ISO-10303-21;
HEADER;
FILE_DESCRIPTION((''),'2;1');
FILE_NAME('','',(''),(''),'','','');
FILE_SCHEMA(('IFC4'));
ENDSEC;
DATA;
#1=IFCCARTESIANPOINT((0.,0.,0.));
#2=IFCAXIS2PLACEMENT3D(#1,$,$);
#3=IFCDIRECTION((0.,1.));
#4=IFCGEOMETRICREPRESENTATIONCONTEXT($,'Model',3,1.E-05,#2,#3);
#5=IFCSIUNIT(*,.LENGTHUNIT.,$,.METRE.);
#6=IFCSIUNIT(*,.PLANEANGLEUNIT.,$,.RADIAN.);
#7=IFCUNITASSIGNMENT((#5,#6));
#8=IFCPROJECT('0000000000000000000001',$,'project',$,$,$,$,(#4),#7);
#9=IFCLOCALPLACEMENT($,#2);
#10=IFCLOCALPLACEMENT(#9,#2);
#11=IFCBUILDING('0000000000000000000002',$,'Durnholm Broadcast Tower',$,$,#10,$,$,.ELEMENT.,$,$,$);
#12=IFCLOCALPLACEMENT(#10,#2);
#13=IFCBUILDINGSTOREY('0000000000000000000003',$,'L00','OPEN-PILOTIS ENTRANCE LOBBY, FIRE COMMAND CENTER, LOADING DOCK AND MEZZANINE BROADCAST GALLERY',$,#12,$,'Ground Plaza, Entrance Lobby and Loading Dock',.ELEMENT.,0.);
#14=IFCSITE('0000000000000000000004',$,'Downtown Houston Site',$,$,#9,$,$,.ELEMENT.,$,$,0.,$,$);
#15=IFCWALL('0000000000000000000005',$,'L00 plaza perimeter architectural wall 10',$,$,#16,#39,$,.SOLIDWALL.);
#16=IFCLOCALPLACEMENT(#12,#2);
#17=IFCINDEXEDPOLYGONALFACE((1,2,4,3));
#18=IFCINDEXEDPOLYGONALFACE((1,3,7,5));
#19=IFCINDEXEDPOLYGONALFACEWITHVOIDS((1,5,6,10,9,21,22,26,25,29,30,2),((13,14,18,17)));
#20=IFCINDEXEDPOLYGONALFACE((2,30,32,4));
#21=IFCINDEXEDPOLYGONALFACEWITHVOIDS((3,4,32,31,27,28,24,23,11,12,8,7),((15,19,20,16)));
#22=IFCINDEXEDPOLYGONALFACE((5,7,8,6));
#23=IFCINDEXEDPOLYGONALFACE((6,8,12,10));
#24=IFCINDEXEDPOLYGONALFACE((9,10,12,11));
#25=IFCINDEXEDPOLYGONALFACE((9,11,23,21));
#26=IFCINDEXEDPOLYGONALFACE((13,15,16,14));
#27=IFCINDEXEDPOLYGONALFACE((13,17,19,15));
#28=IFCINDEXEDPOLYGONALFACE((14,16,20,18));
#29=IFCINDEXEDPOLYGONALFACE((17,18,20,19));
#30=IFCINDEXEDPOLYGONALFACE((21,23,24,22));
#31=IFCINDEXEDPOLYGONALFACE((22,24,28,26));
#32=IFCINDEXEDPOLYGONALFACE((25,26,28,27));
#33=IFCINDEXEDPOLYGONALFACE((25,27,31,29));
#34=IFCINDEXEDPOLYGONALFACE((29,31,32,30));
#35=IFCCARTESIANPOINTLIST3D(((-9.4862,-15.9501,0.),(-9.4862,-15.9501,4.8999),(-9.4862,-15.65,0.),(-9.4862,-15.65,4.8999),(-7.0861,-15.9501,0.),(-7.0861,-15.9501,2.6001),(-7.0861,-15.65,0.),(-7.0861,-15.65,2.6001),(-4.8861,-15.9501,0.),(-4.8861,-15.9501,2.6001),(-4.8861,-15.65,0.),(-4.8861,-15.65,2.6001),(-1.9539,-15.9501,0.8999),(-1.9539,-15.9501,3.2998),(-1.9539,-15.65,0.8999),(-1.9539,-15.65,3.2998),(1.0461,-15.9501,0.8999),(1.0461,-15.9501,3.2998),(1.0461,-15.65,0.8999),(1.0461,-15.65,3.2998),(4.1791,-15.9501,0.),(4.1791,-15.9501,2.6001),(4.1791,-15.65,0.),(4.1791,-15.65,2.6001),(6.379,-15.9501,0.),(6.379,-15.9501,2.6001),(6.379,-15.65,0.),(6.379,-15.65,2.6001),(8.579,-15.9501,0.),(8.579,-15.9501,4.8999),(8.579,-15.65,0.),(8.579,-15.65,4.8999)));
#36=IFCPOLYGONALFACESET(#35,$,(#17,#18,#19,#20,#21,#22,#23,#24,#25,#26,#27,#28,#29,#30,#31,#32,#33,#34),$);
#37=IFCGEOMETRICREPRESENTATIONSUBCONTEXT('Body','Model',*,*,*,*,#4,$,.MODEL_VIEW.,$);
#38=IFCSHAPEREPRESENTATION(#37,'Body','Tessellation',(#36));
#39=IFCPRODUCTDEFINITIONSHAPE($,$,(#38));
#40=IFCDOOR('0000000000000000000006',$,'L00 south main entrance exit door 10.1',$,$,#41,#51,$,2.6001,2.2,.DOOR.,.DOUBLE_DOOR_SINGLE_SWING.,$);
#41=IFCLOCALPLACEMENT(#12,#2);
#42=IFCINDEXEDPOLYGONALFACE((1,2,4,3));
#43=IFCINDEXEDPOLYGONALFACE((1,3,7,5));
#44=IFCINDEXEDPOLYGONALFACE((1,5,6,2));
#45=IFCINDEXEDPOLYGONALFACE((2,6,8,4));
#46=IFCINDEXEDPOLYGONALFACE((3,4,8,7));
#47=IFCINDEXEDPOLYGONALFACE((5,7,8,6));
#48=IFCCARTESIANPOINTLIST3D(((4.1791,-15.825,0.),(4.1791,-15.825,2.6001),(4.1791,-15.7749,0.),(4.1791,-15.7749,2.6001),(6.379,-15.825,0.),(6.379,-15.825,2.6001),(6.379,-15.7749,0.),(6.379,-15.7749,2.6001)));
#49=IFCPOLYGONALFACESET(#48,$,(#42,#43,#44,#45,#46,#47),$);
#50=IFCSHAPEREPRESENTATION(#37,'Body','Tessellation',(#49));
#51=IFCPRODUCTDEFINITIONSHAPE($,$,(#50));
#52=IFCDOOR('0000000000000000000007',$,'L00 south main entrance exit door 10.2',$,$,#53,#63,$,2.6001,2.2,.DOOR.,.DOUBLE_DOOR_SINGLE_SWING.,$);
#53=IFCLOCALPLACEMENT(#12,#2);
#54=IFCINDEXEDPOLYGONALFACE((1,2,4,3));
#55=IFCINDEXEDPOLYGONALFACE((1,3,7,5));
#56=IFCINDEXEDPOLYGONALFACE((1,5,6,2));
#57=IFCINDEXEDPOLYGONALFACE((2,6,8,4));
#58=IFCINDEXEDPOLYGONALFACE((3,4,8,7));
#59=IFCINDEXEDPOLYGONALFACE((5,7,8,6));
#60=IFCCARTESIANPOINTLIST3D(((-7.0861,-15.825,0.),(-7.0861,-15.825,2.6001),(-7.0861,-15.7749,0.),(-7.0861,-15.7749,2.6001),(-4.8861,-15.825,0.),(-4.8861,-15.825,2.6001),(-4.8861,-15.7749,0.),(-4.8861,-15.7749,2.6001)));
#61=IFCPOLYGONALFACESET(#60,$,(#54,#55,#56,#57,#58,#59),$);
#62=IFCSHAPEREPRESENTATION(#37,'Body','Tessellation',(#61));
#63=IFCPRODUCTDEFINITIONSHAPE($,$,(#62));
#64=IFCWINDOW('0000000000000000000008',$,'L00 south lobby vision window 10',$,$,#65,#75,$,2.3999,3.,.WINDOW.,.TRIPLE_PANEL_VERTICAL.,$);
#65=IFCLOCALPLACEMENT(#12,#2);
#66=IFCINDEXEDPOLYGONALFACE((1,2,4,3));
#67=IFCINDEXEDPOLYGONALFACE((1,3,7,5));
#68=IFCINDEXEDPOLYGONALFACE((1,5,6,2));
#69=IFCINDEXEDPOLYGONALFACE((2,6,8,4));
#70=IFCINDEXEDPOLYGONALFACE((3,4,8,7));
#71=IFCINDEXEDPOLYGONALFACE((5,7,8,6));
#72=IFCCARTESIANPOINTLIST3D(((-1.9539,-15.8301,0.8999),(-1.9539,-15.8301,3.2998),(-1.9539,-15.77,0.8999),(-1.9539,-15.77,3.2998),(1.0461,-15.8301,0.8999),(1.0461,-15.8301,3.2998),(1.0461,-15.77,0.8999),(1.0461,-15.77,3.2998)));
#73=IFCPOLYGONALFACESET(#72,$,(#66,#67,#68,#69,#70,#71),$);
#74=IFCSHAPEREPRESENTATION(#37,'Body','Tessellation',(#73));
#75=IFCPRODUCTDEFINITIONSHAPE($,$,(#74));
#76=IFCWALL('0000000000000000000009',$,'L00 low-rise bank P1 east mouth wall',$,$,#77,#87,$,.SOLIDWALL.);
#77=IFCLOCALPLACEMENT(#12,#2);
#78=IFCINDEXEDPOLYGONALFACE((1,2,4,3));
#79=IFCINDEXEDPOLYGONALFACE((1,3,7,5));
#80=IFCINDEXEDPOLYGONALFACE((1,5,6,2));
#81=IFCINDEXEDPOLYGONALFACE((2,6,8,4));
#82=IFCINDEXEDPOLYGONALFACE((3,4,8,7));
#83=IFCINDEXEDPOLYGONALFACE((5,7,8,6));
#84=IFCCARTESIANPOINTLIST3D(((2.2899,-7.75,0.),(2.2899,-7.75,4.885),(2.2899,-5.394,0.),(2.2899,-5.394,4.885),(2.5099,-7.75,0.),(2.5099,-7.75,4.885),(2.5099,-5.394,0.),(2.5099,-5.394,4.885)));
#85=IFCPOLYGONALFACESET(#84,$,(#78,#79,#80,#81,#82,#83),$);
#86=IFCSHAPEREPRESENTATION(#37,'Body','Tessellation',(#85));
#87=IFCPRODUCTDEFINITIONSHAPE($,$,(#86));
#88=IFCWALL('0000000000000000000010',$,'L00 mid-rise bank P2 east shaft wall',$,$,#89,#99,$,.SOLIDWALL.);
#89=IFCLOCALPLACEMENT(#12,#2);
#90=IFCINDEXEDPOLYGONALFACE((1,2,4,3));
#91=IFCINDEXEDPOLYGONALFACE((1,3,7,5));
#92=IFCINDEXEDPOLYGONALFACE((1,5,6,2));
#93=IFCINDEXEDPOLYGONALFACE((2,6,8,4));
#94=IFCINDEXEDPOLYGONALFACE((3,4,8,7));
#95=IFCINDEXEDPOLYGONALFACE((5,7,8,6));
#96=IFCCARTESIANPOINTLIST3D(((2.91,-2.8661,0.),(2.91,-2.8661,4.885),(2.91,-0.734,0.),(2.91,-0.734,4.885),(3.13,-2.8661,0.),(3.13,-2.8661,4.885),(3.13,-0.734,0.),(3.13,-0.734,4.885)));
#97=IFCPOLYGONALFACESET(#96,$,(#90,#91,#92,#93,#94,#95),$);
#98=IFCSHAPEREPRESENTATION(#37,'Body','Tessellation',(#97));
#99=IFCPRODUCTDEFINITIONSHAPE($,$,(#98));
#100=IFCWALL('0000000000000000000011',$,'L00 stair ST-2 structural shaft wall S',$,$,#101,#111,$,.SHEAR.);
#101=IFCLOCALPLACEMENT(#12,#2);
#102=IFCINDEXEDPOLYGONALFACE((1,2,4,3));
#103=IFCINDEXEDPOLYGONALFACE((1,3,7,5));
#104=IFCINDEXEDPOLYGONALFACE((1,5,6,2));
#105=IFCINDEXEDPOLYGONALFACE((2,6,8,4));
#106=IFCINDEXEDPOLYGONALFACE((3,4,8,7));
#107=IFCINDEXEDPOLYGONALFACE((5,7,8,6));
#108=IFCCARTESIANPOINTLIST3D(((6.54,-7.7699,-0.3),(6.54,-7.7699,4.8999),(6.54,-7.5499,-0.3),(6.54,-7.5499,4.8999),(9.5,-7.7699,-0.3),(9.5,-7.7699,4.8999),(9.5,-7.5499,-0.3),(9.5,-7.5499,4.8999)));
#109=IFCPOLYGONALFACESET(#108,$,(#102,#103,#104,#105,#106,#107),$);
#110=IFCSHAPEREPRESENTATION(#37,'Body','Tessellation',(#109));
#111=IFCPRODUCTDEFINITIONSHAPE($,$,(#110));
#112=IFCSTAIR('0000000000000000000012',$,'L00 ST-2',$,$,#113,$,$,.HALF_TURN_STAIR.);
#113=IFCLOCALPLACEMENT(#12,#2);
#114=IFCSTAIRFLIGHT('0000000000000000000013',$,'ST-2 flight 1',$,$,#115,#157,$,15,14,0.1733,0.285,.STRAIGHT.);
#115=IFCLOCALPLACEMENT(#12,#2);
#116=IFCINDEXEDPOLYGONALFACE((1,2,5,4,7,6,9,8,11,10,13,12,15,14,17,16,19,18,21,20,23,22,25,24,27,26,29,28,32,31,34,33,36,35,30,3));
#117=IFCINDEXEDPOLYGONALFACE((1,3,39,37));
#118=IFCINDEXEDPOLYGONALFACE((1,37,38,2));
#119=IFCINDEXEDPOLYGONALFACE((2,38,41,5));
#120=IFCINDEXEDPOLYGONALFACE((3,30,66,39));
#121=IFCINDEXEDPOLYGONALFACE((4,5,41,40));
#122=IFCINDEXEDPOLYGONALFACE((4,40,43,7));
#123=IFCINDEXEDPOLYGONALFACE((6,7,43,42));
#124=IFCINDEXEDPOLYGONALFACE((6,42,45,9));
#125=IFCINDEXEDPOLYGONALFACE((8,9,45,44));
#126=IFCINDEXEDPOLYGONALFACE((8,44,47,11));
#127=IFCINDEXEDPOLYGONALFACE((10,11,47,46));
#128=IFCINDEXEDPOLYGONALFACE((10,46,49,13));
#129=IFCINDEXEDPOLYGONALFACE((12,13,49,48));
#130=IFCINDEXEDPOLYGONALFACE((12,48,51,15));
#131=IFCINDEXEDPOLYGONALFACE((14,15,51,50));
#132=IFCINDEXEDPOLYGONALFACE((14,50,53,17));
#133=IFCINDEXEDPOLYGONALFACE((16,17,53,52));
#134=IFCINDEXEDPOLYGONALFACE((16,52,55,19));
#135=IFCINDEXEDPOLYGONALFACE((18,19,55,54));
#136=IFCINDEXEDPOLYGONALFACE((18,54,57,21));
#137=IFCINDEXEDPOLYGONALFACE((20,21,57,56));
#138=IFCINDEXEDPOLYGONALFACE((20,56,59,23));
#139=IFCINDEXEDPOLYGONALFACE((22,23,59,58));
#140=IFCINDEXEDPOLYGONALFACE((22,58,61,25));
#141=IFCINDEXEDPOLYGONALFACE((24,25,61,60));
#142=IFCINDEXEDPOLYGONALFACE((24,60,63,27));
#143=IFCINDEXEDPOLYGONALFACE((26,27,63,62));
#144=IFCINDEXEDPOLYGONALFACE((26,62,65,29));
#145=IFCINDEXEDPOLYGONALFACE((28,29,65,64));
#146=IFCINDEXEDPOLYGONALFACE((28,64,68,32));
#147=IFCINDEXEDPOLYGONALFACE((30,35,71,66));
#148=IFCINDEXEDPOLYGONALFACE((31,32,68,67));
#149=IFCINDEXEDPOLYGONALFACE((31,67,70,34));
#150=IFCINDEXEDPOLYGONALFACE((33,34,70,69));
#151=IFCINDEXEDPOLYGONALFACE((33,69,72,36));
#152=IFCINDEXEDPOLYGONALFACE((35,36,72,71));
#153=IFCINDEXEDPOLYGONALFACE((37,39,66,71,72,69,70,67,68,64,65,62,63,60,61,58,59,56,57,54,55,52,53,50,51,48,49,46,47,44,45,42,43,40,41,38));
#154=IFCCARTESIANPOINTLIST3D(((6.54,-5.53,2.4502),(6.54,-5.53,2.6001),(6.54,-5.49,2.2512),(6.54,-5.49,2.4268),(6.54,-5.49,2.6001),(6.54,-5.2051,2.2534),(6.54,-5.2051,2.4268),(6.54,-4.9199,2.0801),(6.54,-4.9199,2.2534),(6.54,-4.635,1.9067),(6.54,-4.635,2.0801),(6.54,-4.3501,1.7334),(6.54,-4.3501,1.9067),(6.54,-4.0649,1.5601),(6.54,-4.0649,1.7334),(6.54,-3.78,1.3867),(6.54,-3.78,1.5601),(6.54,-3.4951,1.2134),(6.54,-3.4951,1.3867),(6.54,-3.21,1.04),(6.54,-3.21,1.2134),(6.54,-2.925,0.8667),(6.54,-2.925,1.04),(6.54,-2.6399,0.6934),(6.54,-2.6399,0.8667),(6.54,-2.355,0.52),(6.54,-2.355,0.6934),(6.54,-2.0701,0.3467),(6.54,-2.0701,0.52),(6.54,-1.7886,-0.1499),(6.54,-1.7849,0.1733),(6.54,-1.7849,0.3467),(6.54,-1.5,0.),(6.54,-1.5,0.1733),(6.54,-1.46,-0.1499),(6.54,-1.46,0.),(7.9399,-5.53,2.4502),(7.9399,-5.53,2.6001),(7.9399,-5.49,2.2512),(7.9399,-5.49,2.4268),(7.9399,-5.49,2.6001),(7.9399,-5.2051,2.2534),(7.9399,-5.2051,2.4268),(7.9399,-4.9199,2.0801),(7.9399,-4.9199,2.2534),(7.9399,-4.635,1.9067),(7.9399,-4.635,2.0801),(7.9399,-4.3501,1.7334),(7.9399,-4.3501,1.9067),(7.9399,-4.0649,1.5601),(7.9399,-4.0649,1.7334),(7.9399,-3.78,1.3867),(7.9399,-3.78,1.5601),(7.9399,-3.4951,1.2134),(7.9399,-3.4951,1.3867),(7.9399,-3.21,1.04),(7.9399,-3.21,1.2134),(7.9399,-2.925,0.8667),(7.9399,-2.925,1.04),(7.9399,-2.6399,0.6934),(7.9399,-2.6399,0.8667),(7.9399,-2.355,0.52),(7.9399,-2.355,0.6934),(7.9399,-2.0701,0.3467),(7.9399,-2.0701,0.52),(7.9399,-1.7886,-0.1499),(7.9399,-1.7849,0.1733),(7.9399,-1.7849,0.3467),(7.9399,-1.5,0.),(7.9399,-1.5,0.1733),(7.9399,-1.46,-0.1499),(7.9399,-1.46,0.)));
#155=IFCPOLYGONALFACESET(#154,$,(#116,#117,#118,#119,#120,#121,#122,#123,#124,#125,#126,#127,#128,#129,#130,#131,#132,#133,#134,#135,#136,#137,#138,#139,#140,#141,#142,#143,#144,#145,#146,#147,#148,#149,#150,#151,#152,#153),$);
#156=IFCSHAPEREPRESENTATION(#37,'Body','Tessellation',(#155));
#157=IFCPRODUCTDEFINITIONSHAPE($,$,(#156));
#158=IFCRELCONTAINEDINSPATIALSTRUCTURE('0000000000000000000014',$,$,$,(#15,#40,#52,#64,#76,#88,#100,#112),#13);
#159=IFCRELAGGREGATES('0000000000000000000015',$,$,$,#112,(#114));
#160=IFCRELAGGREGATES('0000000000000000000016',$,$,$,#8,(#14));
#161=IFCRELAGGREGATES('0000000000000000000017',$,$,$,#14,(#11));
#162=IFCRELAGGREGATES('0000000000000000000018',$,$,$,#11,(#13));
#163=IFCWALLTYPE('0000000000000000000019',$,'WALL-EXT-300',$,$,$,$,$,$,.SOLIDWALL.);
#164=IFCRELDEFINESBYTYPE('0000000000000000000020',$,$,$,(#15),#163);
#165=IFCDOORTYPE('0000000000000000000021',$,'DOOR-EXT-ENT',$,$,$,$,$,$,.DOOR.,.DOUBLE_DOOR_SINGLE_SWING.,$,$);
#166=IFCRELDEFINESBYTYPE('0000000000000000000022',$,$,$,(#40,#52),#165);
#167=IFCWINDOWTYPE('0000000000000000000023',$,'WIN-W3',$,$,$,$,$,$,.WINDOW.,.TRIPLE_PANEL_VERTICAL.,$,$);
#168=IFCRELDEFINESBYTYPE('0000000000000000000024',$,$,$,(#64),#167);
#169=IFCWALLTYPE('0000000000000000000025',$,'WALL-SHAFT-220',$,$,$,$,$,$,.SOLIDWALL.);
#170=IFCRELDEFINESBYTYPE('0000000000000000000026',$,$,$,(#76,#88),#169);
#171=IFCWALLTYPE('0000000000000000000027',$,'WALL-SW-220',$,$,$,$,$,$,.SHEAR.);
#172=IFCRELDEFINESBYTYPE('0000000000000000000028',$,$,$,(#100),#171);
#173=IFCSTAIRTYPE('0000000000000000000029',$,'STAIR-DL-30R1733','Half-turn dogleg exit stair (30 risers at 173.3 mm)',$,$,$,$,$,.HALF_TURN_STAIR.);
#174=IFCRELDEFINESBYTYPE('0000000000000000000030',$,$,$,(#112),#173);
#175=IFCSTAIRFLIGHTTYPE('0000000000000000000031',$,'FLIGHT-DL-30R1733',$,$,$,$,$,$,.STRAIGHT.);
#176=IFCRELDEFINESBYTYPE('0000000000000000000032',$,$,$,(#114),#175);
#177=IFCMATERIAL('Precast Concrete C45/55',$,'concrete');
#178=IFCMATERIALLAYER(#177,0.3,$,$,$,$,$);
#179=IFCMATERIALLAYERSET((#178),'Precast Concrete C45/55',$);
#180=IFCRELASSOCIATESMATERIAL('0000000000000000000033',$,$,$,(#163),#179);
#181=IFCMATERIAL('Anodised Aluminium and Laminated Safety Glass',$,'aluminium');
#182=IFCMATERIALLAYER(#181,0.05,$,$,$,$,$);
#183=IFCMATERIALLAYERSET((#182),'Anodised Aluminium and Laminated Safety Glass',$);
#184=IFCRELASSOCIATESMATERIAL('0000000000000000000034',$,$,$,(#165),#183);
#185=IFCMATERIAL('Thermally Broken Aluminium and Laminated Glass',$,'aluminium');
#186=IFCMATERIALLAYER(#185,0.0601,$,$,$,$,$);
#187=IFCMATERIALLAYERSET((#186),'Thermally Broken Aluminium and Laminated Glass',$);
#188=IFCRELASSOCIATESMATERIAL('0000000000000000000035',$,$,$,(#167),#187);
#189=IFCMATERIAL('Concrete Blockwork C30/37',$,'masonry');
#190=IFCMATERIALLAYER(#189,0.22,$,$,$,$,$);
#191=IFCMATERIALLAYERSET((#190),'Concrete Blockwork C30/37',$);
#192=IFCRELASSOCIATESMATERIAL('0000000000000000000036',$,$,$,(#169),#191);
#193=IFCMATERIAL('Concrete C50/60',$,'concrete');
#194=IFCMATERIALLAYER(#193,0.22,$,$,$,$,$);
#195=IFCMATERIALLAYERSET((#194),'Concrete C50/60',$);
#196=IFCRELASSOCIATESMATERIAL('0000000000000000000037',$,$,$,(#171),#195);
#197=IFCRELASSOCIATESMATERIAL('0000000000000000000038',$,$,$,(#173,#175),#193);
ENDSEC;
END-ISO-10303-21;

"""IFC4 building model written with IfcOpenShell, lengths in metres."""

from ifc_helpers import new_model, si_unit, direction, frame, frame_2d, origin, place, context, subcontext, project, spatial, polyline, rectangle, outline, extrude, source, transform, mapped, material, layer, layer_set, type_object, type_shapes, element, fill, aggregate, save


model = new_model("IFC4")

# Units and contexts
model_context = context("Model", 3, precision=1e-05, world=origin(), true_north=direction((0.0, 1.0)))
body_context = subcontext(model_context, "Body", "Model", "MODEL_VIEW")
ifc_project = project(units=[si_unit("LENGTHUNIT", "METRE"), si_unit("PLANEANGLEUNIT", "RADIAN")], contexts=[model_context])

# Site, building, storey
site_placement = place(None, origin())
site = spatial("IfcSite", under=ifc_project, at=site_placement, Name="Downtown Houston Site", CompositionType="ELEMENT", RefElevation=0.0)
building_placement = place(site_placement, origin())
building = spatial("IfcBuilding", under=site, at=building_placement, Name="Durnholm Broadcast Tower", CompositionType="ELEMENT")
storey_placement = place(building_placement, origin())
storey = spatial("IfcBuildingStorey", under=building, at=storey_placement, Name="L00", Description="OPEN-PILOTIS ENTRANCE LOBBY, FIRE COMMAND CENTER, LOADING DOCK AND MEZZANINE BROADCAST GALLERY", LongName="Ground Plaza, Entrance Lobby and Loading Dock", CompositionType="ELEMENT", Elevation=0.0)

# Wall, openings, doors, window
ifc_material_1 = material(Name="Precast Concrete C45/55", Category="concrete")
ifc_layer_1 = layer(ifc_material_1, 0.3)
ifc_layer_set_1 = layer_set([ifc_layer_1], Name="Precast Concrete C45/55")
wall_type_1 = type_object("IfcWallType", Name="WALL-EXT-300", PredefinedType="SOLIDWALL", material=ifc_layer_set_1)
wall_1_placement = place(storey_placement, frame((8.5791, -15.8, 0.0), z_axis=(0.0, 0.0, 1.0), x_axis=(-1.0, 0.0, 0.0)))
wall_1 = element("IfcWall", 1, at=wall_1_placement, inside=storey, type_object=wall_type_1, Name="L00 plaza perimeter architectural wall 10", PredefinedType="SOLIDWALL", context=body_context, shape_type="SweptSolid", body=[
    extrude(rectangle(XDim=18.0652, YDim=0.3, at=frame_2d((9.0327, 0.0))), origin(), (0.0, 0.0, 1.0), 4.8999),
])
opening_1_placement = place(wall_1_placement, frame((2.2, 0.0, 0.0)))
opening_1 = element("IfcOpeningElement", 2, at=opening_1_placement, cuts=wall_1, PredefinedType="OPENING", context=body_context, shape_type="SweptSolid", body=[
    extrude(rectangle(XDim=2.2, YDim=2.6001, at=frame_2d((1.1001, 1.3))), frame((0.0, 0.1602, 0.0), z_axis=(0.0, -1.0, 0.0), x_axis=(1.0, 0.0, 0.0)), (0.0, 0.0, 1.0), 0.3201),
])
opening_2_placement = place(wall_1_placement, frame((13.4651, 0.0, 0.0)))
opening_2 = element("IfcOpeningElement", 3, at=opening_2_placement, cuts=wall_1, PredefinedType="OPENING", context=body_context, shape_type="SweptSolid", body=[
    extrude(rectangle(XDim=2.2, YDim=2.6001, at=frame_2d((1.1001, 1.3))), frame((0.0, 0.1602, 0.0), z_axis=(0.0, -1.0, 0.0), x_axis=(1.0, 0.0, 0.0)), (0.0, 0.0, 1.0), 0.3201),
])
opening_3_placement = place(wall_1_placement, frame((7.533, 0.0, 0.8999)))
opening_3 = element("IfcOpeningElement", 4, at=opening_3_placement, cuts=wall_1, PredefinedType="OPENING", context=body_context, shape_type="SweptSolid", body=[
    extrude(rectangle(XDim=3.0, YDim=2.3999, at=frame_2d((1.5, 1.2))), frame((0.0, 0.1602, 0.0), z_axis=(0.0, -1.0, 0.0), x_axis=(1.0, 0.0, 0.0)), (0.0, 0.0, 1.0), 0.3201),
])
ifc_material_2 = material(Name="Anodised Aluminium and Laminated Safety Glass", Category="aluminium")
ifc_layer_2 = layer(ifc_material_2, 0.05)
ifc_layer_set_2 = layer_set([ifc_layer_2], Name="Anodised Aluminium and Laminated Safety Glass")
door_type_1 = type_object("IfcDoorType", Name="DOOR-EXT-ENT", OperationType="DOUBLE_DOOR_SINGLE_SWING", PredefinedType="DOOR", material=ifc_layer_set_2)
shared_shape_1 = source(origin(), body_context, "Body", "SweptSolid", [
    extrude(rectangle(XDim=2.2, YDim=2.6001, at=frame_2d((1.1001, 1.3))), frame((0.0, 0.0249, 0.0), z_axis=(0.0, -1.0, 0.0), x_axis=(1.0, 0.0, 0.0)), (0.0, 0.0, 1.0), 0.05),
])
type_shapes(door_type_1, [shared_shape_1])
door_1_placement = place(opening_1_placement, origin())
door_1 = element("IfcDoor", 5, at=door_1_placement, inside=storey, type_object=door_type_1, Name="L00 south main entrance exit door 10.1", OperationType="DOUBLE_DOOR_SINGLE_SWING", OverallHeight=2.6001, OverallWidth=2.2, PredefinedType="DOOR", context=body_context, shape_type="MappedRepresentation", body=[
    mapped(shared_shape_1, transform((0.0, 0.0, 0.0), x_axis=(1.0, 0.0, 0.0), y_axis=(0.0, 1.0, 0.0), z_axis=(0.0, 0.0, 1.0), scale=1.0)),
])
fill(opening_1, door_1)
door_2_placement = place(opening_2_placement, origin())
door_2 = element("IfcDoor", 6, at=door_2_placement, inside=storey, type_object=door_type_1, Name="L00 south main entrance exit door 10.2", OperationType="DOUBLE_DOOR_SINGLE_SWING", OverallHeight=2.6001, OverallWidth=2.2, PredefinedType="DOOR", context=body_context, shape_type="MappedRepresentation", body=[
    mapped(shared_shape_1, transform((0.0, 0.0, 0.0), x_axis=(1.0, 0.0, 0.0), y_axis=(0.0, 1.0, 0.0), z_axis=(0.0, 0.0, 1.0), scale=1.0)),
])
fill(opening_2, door_2)
ifc_material_3 = material(Name="Thermally Broken Aluminium and Laminated Glass", Category="aluminium")
ifc_layer_3 = layer(ifc_material_3, 0.0601)
ifc_layer_set_3 = layer_set([ifc_layer_3], Name="Thermally Broken Aluminium and Laminated Glass")
window_type = type_object("IfcWindowType", Name="WIN-W3", PartitioningType="TRIPLE_PANEL_VERTICAL", PredefinedType="WINDOW", material=ifc_layer_set_3)
shared_shape_2 = source(origin(), body_context, "Body", "SweptSolid", [
    extrude(rectangle(XDim=3.0, YDim=2.3999, at=frame_2d((1.5, 1.2))), frame((0.0, 0.03, 0.0), z_axis=(0.0, -1.0, 0.0), x_axis=(1.0, 0.0, 0.0)), (0.0, 0.0, 1.0), 0.0601),
])
type_shapes(window_type, [shared_shape_2])
window_placement = place(opening_3_placement, origin())
window = element("IfcWindow", 7, at=window_placement, inside=storey, type_object=window_type, Name="L00 south lobby vision window 10", OverallHeight=2.3999, OverallWidth=3.0, PartitioningType="TRIPLE_PANEL_VERTICAL", PredefinedType="WINDOW", context=body_context, shape_type="MappedRepresentation", body=[
    mapped(shared_shape_2, transform((0.0, 0.0, 0.0), x_axis=(1.0, 0.0, 0.0), y_axis=(0.0, 1.0, 0.0), z_axis=(0.0, 0.0, 1.0), scale=1.0)),
])
fill(opening_3, window)

# Shared definitions
ifc_material_4 = material(Name="Concrete Blockwork C30/37", Category="masonry")
ifc_layer_4 = layer(ifc_material_4, 0.22)
ifc_layer_set_4 = layer_set([ifc_layer_4], Name="Concrete Blockwork C30/37")
wall_type_2 = type_object("IfcWallType", Name="WALL-SHAFT-220", PredefinedType="SOLIDWALL", material=ifc_layer_set_4)

# Walls
wall_2_placement = place(storey_placement, frame((2.3999, -7.75, 0.0), z_axis=(0.0, 0.0, 1.0), x_axis=(0.0, 1.0, 0.0)))
element("IfcWall", 8, at=wall_2_placement, inside=storey, type_object=wall_type_2, Name="L00 low-rise bank P1 east mouth wall", PredefinedType="SOLIDWALL", context=body_context, shape_type="SweptSolid", body=[
    extrude(rectangle(XDim=2.356, YDim=0.22, at=frame_2d((1.178, 0.0))), origin(), (0.0, 0.0, 1.0), 4.885),
])
wall_3_placement = place(storey_placement, frame((3.02, -2.866, 0.0), z_axis=(0.0, 0.0, 1.0), x_axis=(0.0, 1.0, 0.0)))
element("IfcWall", 9, at=wall_3_placement, inside=storey, type_object=wall_type_2, Name="L00 mid-rise bank P2 east shaft wall", PredefinedType="SOLIDWALL", context=body_context, shape_type="SweptSolid", body=[
    extrude(rectangle(XDim=2.1321, YDim=0.22, at=frame_2d((1.0659, 0.0))), origin(), (0.0, 0.0, 1.0), 4.885),
])
ifc_material_5 = material(Name="Concrete C50/60", Category="concrete")
ifc_layer_5 = layer(ifc_material_5, 0.22)
ifc_layer_set_5 = layer_set([ifc_layer_5], Name="Concrete C50/60")
wall_type_3 = type_object("IfcWallType", Name="WALL-SW-220", PredefinedType="SHEAR", material=ifc_layer_set_5)
wall_4_placement = place(storey_placement, frame((6.54, -7.6599, -0.3), z_axis=(0.0, 0.0, 1.0), x_axis=(1.0, 0.0, 0.0)))
element("IfcWall", 10, at=wall_4_placement, inside=storey, type_object=wall_type_3, Name="L00 stair ST-2 structural shaft wall S", PredefinedType="SHEAR", context=body_context, shape_type="SweptSolid", body=[
    extrude(rectangle(XDim=2.96, YDim=0.22, at=frame_2d((1.48, 0.0))), origin(), (0.0, 0.0, 1.0), 5.2),
])

# Stair, stair flight
stair_type = type_object("IfcStairType", Name="STAIR-DL-30R1733", Description="Half-turn dogleg exit stair (30 risers at 173.3 mm)", PredefinedType="HALF_TURN_STAIR", material=ifc_material_5)
stair_placement = place(storey_placement, origin())
stair = element("IfcStair", 11, at=stair_placement, inside=storey, type_object=stair_type, Name="L00 ST-2", PredefinedType="HALF_TURN_STAIR")
stair_flight_type = type_object("IfcStairFlightType", Name="FLIGHT-DL-30R1733", PredefinedType="STRAIGHT", material=ifc_material_5)
stair_flight_placement = place(storey_placement, frame((7.24, -1.5, 0.0), z_axis=(0.0, 0.0, 1.0), x_axis=(0.0, -1.0, 0.0)))
stair_flight = element("IfcStairFlight", 12, at=stair_flight_placement, type_object=stair_flight_type, Name="ST-2 flight 1", NumberOfRisers=15, NumberOfTreads=14, PredefinedType="STRAIGHT", RiserHeight=0.1733, TreadLength=0.285, context=body_context, shape_type="SweptSolid", body=[
    extrude(outline(polyline([(-0.04, -0.1499), (-0.04, 0.0), (0.0, 0.0), (0.0, 0.1733), (0.2849, 0.1733), (0.2849, 0.3467), (0.5701, 0.3467), (0.5701, 0.52), (0.855, 0.52), (0.855, 0.6934), (1.1399, 0.6934), (1.1399, 0.8667), (1.425, 0.8667), (1.425, 1.04), (1.71, 1.04), (1.71, 1.2134), (1.9951, 1.2134), (1.9951, 1.3867), (2.28, 1.3867), (2.28, 1.5601), (2.5649, 1.5601), (2.5649, 1.7334), (2.8501, 1.7334), (2.8501, 1.9067), (3.135, 1.9067), (3.135, 2.0801), (3.4199, 2.0801), (3.4199, 2.2534), (3.7051, 2.2534), (3.7051, 2.4268), (3.99, 2.4268), (3.99, 2.6001), (4.03, 2.6001), (4.03, 2.4502), (3.99, 2.2512), (0.2886, -0.1499), (-0.04, -0.1499)])), frame((0.0, 0.7, 0.0), z_axis=(0.0, -1.0, 0.0), x_axis=(1.0, 0.0, 0.0)), (0.0, 0.0, 1.0), 1.3999),
])
aggregate(stair, [stair_flight])

save(model, "model.ifc")
